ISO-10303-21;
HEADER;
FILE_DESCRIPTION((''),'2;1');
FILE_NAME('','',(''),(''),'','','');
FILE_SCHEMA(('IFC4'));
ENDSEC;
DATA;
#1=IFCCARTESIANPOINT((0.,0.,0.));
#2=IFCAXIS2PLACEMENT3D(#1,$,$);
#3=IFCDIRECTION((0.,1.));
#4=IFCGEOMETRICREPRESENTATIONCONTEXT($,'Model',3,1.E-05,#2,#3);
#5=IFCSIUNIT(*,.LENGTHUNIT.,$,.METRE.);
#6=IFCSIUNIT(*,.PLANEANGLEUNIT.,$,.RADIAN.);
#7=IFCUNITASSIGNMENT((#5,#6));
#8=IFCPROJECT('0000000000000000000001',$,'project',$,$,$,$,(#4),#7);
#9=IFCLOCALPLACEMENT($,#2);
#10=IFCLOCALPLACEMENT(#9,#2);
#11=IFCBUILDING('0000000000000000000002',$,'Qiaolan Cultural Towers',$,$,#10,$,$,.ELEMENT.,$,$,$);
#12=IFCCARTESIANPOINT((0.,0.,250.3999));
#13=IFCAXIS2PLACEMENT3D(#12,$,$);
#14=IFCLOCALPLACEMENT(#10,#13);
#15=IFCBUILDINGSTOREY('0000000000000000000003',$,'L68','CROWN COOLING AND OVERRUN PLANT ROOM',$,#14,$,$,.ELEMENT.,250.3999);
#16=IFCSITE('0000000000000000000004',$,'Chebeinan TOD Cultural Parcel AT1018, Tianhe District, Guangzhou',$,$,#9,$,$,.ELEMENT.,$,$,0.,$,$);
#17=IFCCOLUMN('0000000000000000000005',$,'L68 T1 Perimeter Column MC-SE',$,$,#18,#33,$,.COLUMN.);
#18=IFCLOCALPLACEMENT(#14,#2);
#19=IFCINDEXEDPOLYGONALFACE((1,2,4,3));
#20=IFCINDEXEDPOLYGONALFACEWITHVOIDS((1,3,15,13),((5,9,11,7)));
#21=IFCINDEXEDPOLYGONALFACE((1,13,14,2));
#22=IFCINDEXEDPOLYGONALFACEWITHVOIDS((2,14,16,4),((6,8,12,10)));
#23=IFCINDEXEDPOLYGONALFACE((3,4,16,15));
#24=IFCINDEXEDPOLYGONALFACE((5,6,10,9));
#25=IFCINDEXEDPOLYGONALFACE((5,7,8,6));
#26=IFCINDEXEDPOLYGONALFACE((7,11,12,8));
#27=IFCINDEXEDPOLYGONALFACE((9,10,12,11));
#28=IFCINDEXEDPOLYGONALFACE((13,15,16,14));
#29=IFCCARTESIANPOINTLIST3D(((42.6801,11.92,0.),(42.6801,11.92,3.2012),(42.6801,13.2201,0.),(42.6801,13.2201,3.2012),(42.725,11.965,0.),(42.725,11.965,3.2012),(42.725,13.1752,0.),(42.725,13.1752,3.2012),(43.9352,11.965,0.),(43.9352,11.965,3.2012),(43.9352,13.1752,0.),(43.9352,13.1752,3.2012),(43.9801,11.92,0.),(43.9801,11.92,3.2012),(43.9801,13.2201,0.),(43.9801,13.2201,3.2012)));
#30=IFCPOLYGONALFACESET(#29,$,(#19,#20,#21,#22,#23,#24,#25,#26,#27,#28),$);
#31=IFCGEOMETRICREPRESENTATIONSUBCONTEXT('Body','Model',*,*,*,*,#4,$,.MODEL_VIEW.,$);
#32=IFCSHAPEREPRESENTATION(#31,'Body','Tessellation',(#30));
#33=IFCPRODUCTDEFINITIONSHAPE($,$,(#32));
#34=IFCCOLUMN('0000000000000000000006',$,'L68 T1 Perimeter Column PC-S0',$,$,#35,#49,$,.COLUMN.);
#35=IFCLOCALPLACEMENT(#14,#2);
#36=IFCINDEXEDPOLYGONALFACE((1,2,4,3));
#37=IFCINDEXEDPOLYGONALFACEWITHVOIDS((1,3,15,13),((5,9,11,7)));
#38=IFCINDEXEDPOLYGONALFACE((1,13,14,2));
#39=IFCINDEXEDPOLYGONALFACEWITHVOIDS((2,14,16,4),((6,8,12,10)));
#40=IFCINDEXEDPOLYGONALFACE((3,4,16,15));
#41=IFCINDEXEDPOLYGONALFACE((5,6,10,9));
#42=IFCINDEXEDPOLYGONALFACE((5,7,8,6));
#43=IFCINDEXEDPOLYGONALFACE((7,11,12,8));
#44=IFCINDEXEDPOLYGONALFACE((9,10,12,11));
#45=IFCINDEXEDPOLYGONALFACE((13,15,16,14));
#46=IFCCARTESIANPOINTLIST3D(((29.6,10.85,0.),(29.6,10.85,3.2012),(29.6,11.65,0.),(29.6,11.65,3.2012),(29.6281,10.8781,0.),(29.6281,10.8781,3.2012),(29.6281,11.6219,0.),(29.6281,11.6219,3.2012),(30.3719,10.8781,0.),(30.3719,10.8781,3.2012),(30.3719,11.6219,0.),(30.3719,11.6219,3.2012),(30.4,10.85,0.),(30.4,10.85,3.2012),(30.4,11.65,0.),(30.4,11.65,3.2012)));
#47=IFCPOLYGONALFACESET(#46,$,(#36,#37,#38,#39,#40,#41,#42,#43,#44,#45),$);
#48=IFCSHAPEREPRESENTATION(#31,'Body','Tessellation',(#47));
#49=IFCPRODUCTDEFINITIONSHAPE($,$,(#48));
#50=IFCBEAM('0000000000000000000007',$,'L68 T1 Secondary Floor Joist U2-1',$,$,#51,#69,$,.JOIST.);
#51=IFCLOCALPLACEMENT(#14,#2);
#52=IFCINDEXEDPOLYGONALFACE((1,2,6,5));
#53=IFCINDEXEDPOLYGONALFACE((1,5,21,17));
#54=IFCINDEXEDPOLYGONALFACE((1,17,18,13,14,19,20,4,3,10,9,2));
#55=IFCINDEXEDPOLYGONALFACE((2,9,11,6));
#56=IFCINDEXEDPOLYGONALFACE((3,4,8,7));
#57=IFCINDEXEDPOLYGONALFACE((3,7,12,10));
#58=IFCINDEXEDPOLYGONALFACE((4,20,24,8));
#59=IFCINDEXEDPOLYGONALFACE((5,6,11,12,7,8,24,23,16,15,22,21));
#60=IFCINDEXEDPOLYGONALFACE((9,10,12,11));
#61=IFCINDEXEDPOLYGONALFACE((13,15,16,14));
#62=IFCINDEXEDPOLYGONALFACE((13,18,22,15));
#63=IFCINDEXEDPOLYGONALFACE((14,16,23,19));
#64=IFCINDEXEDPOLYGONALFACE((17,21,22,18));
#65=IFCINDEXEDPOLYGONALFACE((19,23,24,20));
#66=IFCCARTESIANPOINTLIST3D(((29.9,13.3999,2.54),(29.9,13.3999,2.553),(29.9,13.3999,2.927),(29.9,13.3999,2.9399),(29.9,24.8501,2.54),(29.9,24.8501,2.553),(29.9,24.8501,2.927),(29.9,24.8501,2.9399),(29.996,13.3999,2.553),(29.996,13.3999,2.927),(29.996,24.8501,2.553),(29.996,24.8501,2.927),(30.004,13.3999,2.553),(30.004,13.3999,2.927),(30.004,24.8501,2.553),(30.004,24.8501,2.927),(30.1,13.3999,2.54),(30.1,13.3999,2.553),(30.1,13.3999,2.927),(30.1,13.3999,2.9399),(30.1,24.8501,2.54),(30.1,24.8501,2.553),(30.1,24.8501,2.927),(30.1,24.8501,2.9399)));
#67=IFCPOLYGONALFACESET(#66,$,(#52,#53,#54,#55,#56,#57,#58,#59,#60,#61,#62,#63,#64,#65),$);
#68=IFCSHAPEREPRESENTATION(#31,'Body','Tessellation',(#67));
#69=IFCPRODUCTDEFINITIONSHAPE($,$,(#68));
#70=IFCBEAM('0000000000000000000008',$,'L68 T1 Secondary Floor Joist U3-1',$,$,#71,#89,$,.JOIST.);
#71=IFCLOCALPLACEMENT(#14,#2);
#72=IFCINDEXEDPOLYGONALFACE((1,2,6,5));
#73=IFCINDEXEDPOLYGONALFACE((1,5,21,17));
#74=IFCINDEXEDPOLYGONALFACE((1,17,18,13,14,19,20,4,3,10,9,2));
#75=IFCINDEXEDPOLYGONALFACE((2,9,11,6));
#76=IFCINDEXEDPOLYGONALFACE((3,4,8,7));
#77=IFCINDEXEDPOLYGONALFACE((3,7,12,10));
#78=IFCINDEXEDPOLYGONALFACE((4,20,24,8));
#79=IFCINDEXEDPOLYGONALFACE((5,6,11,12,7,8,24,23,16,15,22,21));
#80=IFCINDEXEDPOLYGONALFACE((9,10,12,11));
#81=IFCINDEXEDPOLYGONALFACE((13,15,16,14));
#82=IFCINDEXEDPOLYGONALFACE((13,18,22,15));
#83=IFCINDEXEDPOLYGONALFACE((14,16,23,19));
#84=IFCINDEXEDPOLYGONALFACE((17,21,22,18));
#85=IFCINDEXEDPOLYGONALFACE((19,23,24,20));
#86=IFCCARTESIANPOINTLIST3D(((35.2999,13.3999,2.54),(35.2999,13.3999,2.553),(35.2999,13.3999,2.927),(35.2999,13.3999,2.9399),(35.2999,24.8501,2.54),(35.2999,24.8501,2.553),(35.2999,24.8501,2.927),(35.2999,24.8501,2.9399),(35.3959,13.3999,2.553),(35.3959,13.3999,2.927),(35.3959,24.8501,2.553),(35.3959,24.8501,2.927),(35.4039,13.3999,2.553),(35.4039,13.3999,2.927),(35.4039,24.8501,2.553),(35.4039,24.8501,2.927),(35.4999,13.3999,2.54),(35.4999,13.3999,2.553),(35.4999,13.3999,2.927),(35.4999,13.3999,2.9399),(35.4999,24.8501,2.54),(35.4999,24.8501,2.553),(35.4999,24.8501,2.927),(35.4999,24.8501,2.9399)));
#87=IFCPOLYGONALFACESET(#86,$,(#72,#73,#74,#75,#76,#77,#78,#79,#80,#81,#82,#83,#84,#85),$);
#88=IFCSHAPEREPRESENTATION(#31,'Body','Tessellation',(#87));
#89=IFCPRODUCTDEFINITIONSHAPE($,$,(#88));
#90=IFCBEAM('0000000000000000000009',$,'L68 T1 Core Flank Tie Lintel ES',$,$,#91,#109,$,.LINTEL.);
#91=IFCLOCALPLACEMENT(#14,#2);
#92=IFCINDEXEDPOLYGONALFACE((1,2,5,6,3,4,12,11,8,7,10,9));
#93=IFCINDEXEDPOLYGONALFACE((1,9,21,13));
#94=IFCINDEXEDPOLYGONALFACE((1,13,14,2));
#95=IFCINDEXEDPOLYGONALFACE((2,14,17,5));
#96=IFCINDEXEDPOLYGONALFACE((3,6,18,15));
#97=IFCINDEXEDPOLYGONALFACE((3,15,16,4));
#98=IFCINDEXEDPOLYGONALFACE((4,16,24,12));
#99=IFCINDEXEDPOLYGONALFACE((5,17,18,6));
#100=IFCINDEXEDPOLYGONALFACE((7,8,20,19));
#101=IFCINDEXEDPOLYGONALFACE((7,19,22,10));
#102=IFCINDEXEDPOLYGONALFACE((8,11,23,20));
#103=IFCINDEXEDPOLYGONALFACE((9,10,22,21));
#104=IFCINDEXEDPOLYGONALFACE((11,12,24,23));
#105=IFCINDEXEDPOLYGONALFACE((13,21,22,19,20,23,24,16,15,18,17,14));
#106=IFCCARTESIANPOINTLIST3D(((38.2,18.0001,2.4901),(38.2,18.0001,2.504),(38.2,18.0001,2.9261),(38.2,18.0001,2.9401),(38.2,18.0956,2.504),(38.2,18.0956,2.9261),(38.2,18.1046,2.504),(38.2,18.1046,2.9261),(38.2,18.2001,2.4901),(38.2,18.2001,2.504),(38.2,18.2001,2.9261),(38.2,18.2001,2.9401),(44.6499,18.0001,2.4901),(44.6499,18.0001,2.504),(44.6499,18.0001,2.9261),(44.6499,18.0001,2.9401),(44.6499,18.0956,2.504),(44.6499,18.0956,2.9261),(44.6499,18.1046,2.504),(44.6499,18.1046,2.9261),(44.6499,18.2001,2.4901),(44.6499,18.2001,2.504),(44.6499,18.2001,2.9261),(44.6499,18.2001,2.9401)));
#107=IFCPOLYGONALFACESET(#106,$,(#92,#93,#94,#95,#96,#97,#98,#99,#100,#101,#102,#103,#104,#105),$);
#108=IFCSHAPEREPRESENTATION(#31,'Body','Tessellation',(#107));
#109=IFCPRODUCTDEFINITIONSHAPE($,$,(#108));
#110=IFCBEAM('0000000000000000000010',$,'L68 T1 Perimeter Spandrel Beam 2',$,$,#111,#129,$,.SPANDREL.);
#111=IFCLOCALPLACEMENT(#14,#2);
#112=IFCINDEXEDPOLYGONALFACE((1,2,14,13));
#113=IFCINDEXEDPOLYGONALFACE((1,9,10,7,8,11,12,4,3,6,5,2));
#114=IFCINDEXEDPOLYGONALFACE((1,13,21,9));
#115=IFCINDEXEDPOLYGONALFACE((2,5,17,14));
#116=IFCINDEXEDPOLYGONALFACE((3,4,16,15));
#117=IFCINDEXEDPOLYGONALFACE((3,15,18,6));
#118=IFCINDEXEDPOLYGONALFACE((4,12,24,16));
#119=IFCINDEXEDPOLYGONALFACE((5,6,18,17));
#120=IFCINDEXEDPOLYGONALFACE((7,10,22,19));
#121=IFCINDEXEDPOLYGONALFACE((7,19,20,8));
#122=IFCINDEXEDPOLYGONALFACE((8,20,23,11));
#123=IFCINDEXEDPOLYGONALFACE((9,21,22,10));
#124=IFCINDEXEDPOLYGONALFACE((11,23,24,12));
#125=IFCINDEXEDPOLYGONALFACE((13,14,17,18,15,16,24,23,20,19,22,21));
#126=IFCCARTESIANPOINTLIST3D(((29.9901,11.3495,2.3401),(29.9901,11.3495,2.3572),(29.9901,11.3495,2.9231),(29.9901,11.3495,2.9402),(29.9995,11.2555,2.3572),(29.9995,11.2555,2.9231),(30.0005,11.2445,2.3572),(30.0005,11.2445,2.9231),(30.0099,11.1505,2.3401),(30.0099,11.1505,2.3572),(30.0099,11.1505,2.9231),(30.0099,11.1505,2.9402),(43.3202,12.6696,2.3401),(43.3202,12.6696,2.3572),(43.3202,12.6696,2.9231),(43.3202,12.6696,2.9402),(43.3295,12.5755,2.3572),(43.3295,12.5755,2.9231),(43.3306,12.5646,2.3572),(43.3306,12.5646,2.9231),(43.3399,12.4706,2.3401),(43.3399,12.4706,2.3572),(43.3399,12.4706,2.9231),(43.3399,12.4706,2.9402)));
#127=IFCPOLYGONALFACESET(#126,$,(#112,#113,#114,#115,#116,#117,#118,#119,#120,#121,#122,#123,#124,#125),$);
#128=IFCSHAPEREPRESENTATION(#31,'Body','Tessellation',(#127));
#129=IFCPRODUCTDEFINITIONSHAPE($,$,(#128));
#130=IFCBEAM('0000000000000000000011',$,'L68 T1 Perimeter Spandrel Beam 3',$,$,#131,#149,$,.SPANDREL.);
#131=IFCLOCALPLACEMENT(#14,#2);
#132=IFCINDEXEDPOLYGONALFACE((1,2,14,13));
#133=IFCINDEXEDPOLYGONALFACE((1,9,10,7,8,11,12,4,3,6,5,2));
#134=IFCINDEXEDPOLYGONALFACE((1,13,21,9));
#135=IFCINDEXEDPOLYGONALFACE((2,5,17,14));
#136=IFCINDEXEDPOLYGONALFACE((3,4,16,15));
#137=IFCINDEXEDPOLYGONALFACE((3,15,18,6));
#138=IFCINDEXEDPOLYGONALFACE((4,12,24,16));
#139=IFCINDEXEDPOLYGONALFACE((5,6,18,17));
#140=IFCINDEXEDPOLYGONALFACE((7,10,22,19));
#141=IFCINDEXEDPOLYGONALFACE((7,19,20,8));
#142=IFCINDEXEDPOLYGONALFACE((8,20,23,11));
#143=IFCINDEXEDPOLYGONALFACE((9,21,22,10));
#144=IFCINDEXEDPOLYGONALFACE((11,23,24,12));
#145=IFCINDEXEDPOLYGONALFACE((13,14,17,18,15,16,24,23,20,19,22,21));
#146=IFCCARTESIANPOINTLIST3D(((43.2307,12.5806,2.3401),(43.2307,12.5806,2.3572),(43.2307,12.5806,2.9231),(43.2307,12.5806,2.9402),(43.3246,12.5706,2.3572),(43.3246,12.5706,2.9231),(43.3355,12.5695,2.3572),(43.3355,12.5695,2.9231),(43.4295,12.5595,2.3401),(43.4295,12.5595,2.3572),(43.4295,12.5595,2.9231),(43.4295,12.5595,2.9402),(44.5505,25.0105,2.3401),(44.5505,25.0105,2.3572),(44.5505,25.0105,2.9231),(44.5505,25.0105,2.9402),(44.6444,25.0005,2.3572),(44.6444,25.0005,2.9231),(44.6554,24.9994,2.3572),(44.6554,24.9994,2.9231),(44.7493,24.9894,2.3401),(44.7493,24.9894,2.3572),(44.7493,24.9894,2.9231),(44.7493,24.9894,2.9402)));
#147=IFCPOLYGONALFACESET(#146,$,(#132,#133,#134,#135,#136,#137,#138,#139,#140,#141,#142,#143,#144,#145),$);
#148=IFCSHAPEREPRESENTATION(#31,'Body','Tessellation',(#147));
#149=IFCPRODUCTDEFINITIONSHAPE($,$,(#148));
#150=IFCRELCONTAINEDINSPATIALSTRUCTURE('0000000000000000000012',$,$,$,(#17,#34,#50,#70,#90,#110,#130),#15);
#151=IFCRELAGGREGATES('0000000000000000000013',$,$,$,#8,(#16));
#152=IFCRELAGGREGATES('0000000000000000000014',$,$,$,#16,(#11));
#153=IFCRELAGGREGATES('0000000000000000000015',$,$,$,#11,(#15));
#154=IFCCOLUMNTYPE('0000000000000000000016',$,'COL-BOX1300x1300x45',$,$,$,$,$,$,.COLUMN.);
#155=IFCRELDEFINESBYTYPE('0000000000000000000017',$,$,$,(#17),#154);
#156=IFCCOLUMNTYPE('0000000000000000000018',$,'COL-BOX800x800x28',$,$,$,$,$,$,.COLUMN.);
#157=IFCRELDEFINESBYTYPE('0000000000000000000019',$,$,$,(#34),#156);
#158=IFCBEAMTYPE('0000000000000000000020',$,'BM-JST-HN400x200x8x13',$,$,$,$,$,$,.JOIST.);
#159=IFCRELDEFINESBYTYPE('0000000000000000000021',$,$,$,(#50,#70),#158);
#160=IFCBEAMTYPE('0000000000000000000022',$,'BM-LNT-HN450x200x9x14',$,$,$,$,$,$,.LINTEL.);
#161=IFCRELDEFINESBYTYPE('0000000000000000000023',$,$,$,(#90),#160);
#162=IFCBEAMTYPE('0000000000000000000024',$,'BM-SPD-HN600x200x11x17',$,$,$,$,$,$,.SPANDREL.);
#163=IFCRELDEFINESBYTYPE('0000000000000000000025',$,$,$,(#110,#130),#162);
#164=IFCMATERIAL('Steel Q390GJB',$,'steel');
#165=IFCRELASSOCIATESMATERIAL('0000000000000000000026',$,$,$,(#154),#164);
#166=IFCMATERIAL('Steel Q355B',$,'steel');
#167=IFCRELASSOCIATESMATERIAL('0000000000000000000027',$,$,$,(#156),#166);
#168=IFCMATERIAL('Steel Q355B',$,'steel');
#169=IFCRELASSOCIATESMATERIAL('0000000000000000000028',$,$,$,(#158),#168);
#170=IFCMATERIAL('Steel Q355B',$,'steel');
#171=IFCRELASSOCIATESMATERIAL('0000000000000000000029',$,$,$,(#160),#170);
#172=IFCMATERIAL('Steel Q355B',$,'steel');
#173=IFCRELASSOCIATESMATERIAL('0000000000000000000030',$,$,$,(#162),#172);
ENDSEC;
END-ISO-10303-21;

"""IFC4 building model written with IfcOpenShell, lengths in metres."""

from ifc_helpers import new_model, si_unit, direction, frame, origin, origin_2d, place, context, subcontext, project, spatial, hollow_rectangle, i_section, extrude, material, material_profile, profile_set, type_object, element, save


model = new_model("IFC4")

# Units and contexts
model_context = context("Model", 3, precision=1e-05, world=origin(), true_north=direction((0.0, 1.0)))
body_context = subcontext(model_context, "Body", "Model", "MODEL_VIEW")
ifc_project = project(units=[si_unit("LENGTHUNIT", "METRE"), si_unit("PLANEANGLEUNIT", "RADIAN")], contexts=[model_context])

# Site, building, storey
site_placement = place(None, origin())
site = spatial("IfcSite", under=ifc_project, at=site_placement, Name="Chebeinan TOD Cultural Parcel AT1018, Tianhe District, Guangzhou", CompositionType="ELEMENT", RefElevation=0.0)
building_placement = place(site_placement, origin())
building = spatial("IfcBuilding", under=site, at=building_placement, Name="Qiaolan Cultural Towers", CompositionType="ELEMENT")
storey_placement = place(building_placement, frame((0.0, 0.0, 250.3999)))
storey = spatial("IfcBuildingStorey", under=building, at=storey_placement, Name="L68", Description="CROWN COOLING AND OVERRUN PLANT ROOM", CompositionType="ELEMENT", Elevation=250.3999)

# Columns
ifc_material_1 = material(Name="Steel Q390GJB", Category="steel")
ifc_material_profile_1 = material_profile(ifc_material_1, hollow_rectangle(XDim=1.3, YDim=1.3, WallThickness=0.0449, at=origin_2d()), Name="BOX1300x1300x45")
ifc_profile_set_1 = profile_set([ifc_material_profile_1], Name="Steel Q390GJB")
column_type_1 = type_object("IfcColumnType", Name="COL-BOX1300x1300x45", PredefinedType="COLUMN", material=ifc_profile_set_1)
column_1_placement = place(storey_placement, frame((43.3301, 12.5701, 0.0), z_axis=(0.0, 0.0, 1.0), x_axis=(1.0, 0.0, 0.0)))
element("IfcColumn", 1, at=column_1_placement, inside=storey, type_object=column_type_1, Name="L68 T1 Perimeter Column MC-SE", PredefinedType="COLUMN", context=body_context, shape_type="SweptSolid", body=[
    extrude(hollow_rectangle(XDim=1.3, YDim=1.3, WallThickness=0.0449, at=origin_2d()), origin(), (0.0, 0.0, 1.0), 3.2012),
])
ifc_material_2 = material(Name="Steel Q355B", Category="steel")
ifc_material_profile_2 = material_profile(ifc_material_2, hollow_rectangle(XDim=0.8, YDim=0.8, WallThickness=0.0281, at=origin_2d()), Name="BOX800x800x28")
ifc_profile_set_2 = profile_set([ifc_material_profile_2], Name="Steel Q355B")
column_type_2 = type_object("IfcColumnType", Name="COL-BOX800x800x28", PredefinedType="COLUMN", material=ifc_profile_set_2)
column_2_placement = place(storey_placement, frame((30.0, 11.25, 0.0), z_axis=(0.0, 0.0, 1.0), x_axis=(1.0, 0.0, 0.0)))
element("IfcColumn", 2, at=column_2_placement, inside=storey, type_object=column_type_2, Name="L68 T1 Perimeter Column PC-S0", PredefinedType="COLUMN", context=body_context, shape_type="SweptSolid", body=[
    extrude(hollow_rectangle(XDim=0.8, YDim=0.8, WallThickness=0.0281, at=origin_2d()), origin(), (0.0, 0.0, 1.0), 3.2012),
])

# Beams
ifc_material_3 = material(Name="Steel Q355B", Category="steel")
ifc_material_profile_3 = material_profile(ifc_material_3, i_section(OverallWidth=0.2, OverallDepth=0.3999, WebThickness=0.0081, FlangeThickness=0.0129, at=origin_2d()), Name="HN400x200x8x13")
ifc_profile_set_3 = profile_set([ifc_material_profile_3], Name="Steel Q355B")
beam_type_1 = type_object("IfcBeamType", Name="BM-JST-HN400x200x8x13", PredefinedType="JOIST", material=ifc_profile_set_3)
for number, where, z_axis, x_axis, name in (
    (3, (30.0, 13.3999, 2.74), (0.0, 1.0, 0.0), (-1.0, 0.0, 0.0), "L68 T1 Secondary Floor Joist U2-1"),
    (4, (35.3999, 13.3999, 2.74), (0.0, 1.0, 0.0), (-1.0, 0.0, 0.0), "L68 T1 Secondary Floor Joist U3-1"),
):
    element("IfcBeam", number, at=place(storey_placement, frame(where, z_axis=z_axis, x_axis=x_axis)), inside=storey, type_object=beam_type_1, Name=name, PredefinedType="JOIST", context=body_context, shape_type="SweptSolid", body=[
        extrude(i_section(OverallWidth=0.2, OverallDepth=0.3999, WebThickness=0.0081, FlangeThickness=0.0129, at=origin_2d()), origin(), (0.0, 0.0, 1.0), 11.4502),
    ])
ifc_material_4 = material(Name="Steel Q355B", Category="steel")
ifc_material_profile_4 = material_profile(ifc_material_4, i_section(OverallWidth=0.2, OverallDepth=0.45, WebThickness=0.009, FlangeThickness=0.0139, at=origin_2d()), Name="HN450x200x9x14")
ifc_profile_set_4 = profile_set([ifc_material_profile_4], Name="Steel Q355B")
beam_type_2 = type_object("IfcBeamType", Name="BM-LNT-HN450x200x9x14", PredefinedType="LINTEL", material=ifc_profile_set_4)
beam_1_placement = place(storey_placement, frame((38.2, 18.1001, 2.7151), z_axis=(1.0, 0.0, 0.0), x_axis=(0.0, 1.0, 0.0)))
element("IfcBeam", 5, at=beam_1_placement, inside=storey, type_object=beam_type_2, Name="L68 T1 Core Flank Tie Lintel ES", PredefinedType="LINTEL", context=body_context, shape_type="SweptSolid", body=[
    extrude(i_section(OverallWidth=0.2, OverallDepth=0.45, WebThickness=0.009, FlangeThickness=0.0139, at=origin_2d()), origin(), (0.0, 0.0, 1.0), 6.45),
])
ifc_material_5 = material(Name="Steel Q355B", Category="steel")
ifc_material_profile_5 = material_profile(ifc_material_5, i_section(OverallWidth=0.2, OverallDepth=0.6001, WebThickness=0.011, FlangeThickness=0.0171, at=origin_2d()), Name="HN600x200x11x17")
ifc_profile_set_5 = profile_set([ifc_material_profile_5], Name="Steel Q355B")
beam_type_3 = type_object("IfcBeamType", Name="BM-SPD-HN600x200x11x17", PredefinedType="SPANDREL", material=ifc_profile_set_5)
beam_2_placement = place(storey_placement, frame((30.0, 11.25, 2.6401), z_axis=(0.995132, 0.098547, 0.0), x_axis=(-0.098547, 0.995132, 0.0)))
element("IfcBeam", 6, at=beam_2_placement, inside=storey, type_object=beam_type_3, Name="L68 T1 Perimeter Spandrel Beam 2", PredefinedType="SPANDREL", context=body_context, shape_type="SweptSolid", body=[
    extrude(i_section(OverallWidth=0.2, OverallDepth=0.6001, WebThickness=0.011, FlangeThickness=0.0171, at=origin_2d()), origin(), (0.0, 0.0, 1.0), 13.3953),
])
beam_3_placement = place(storey_placement, frame((43.3301, 12.5701, 2.6401), z_axis=(0.105588, 0.99441, 0.0), x_axis=(-0.99441, 0.105588, 0.0)))
element("IfcBeam", 7, at=beam_3_placement, inside=storey, type_object=beam_type_3, Name="L68 T1 Perimeter Spandrel Beam 3", PredefinedType="SPANDREL", context=body_context, shape_type="SweptSolid", body=[
    extrude(i_section(OverallWidth=0.2, OverallDepth=0.6001, WebThickness=0.011, FlangeThickness=0.0171, at=origin_2d()), origin(), (0.0, 0.0, 1.0), 12.4998),
])

save(model, "model.ifc")
